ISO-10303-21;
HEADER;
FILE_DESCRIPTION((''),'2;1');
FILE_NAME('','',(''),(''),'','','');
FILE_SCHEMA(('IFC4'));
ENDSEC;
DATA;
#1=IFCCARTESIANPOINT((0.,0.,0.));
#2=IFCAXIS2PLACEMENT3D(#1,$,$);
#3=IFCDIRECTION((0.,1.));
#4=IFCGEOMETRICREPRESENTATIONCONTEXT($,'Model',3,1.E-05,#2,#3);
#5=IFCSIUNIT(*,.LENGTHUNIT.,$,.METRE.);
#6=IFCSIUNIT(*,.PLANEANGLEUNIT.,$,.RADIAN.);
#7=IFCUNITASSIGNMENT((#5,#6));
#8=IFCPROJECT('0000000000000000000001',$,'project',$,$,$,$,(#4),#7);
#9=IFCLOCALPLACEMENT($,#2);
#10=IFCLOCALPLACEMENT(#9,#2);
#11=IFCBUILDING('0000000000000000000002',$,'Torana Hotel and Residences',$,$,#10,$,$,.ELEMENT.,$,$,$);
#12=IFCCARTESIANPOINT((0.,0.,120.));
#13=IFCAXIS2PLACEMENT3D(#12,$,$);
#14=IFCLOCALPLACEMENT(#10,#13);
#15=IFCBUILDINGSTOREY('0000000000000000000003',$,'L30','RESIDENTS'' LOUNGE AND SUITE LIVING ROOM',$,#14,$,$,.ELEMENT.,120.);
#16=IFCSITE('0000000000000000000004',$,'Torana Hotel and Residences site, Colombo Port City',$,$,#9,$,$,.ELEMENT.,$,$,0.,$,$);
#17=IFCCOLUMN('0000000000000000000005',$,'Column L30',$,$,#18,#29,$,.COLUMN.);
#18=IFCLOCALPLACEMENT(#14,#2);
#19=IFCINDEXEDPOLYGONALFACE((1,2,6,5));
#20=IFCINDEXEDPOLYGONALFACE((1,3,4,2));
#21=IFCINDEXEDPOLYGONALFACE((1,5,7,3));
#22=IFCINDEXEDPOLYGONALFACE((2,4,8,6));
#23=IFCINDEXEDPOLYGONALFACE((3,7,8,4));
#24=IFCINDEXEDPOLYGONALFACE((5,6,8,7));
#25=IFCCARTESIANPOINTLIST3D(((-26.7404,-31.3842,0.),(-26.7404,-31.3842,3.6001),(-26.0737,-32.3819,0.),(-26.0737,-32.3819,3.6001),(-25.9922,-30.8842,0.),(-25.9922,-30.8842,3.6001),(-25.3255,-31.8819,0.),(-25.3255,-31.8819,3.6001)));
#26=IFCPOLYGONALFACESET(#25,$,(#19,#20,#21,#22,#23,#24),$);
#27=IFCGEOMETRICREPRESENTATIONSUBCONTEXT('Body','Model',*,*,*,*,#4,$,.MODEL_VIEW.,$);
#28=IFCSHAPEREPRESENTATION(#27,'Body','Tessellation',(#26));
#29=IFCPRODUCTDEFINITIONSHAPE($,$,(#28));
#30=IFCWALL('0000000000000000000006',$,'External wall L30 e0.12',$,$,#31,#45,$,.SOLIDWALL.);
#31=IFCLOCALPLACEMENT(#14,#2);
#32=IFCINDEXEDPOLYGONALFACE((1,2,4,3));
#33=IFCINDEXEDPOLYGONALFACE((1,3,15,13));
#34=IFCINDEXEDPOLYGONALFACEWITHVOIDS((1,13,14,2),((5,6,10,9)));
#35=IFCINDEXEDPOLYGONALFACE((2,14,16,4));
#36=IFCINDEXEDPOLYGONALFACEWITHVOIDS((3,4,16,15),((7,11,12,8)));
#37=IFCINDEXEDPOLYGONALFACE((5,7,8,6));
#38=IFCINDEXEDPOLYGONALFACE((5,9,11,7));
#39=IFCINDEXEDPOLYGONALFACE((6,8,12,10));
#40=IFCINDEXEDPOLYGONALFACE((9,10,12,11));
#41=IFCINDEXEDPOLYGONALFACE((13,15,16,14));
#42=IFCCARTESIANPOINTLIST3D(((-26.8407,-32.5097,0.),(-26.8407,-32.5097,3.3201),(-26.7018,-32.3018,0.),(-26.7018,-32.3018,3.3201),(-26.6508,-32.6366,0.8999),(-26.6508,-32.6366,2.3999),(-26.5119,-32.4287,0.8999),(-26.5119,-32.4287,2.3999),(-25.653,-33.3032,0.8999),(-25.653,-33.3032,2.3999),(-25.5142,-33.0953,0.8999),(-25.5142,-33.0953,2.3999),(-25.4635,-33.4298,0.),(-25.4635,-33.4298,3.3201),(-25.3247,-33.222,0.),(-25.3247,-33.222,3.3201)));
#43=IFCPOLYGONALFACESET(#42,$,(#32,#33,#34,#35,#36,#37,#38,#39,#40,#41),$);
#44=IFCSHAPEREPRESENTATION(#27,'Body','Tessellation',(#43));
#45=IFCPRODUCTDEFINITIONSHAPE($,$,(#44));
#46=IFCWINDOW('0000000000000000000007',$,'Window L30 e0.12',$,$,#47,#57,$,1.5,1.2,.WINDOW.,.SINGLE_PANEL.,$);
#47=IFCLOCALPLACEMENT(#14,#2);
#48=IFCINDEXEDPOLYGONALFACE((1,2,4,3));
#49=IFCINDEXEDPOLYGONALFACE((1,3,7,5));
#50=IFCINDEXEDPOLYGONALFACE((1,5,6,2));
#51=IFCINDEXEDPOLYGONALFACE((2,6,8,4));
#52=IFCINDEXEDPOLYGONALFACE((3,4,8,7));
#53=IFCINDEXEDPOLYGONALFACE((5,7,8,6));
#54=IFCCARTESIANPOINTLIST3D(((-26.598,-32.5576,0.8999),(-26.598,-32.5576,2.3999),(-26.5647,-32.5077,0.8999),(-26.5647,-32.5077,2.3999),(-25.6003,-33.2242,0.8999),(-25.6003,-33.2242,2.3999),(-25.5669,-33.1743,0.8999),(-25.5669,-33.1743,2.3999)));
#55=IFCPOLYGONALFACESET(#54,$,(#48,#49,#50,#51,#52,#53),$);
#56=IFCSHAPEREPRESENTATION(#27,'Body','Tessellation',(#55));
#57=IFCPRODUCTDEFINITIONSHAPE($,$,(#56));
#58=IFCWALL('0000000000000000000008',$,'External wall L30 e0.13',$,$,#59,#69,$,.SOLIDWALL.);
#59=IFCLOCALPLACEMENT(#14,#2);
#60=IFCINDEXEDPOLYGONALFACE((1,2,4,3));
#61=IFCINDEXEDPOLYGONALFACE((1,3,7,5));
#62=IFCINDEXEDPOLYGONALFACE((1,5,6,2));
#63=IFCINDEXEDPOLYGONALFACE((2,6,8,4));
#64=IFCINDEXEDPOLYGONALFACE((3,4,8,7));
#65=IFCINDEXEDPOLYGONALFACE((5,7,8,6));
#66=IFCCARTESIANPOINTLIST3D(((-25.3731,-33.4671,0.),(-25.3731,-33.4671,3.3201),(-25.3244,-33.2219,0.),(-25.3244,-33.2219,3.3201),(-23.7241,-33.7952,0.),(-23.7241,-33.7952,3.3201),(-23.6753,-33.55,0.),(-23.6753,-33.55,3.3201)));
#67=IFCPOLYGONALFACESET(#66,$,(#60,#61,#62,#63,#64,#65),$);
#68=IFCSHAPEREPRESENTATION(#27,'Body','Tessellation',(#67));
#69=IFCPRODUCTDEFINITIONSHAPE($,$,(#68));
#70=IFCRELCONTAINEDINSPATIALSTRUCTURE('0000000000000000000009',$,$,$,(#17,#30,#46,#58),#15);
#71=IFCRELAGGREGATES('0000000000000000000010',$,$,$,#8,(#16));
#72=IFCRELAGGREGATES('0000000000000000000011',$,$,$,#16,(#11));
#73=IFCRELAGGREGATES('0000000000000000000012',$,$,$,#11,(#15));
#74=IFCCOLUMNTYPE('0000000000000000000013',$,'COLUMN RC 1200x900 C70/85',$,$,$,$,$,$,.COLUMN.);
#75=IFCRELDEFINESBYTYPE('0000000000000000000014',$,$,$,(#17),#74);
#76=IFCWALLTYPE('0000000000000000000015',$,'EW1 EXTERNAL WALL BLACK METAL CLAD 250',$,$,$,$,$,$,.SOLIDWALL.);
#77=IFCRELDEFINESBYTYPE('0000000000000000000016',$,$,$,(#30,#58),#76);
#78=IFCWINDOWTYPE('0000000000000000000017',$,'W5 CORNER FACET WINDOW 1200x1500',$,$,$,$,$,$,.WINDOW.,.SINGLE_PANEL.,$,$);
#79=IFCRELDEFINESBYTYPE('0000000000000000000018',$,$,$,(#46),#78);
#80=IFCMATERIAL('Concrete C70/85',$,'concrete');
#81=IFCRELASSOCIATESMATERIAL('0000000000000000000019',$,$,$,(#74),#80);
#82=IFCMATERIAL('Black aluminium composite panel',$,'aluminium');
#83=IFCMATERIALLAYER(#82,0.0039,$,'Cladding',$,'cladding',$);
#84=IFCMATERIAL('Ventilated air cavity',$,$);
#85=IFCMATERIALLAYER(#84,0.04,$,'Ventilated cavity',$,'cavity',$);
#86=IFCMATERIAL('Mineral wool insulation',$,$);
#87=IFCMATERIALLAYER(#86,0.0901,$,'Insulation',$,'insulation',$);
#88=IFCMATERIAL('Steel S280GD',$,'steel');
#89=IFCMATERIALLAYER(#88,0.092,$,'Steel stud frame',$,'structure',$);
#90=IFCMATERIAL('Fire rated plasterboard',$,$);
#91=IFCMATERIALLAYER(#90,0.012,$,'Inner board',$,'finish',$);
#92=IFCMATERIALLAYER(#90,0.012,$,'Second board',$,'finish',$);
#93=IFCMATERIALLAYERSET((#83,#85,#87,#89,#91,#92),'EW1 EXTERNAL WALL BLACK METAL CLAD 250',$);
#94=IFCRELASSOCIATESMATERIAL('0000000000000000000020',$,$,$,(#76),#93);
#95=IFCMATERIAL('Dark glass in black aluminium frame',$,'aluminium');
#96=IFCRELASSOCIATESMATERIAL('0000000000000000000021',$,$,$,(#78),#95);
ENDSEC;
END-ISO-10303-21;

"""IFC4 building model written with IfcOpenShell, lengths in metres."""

from ifc_helpers import new_model, si_unit, direction, frame, frame_2d, origin, origin_2d, place, context, subcontext, project, spatial, rectangle, extrude, material, layer, layer_set, material_profile, profile_set, type_object, element, fill, save


model = new_model("IFC4")

# Units and contexts
model_context = context("Model", 3, precision=1e-05, world=origin(), true_north=direction((0.0, 1.0)))
body_context = subcontext(model_context, "Body", "Model", "MODEL_VIEW")
ifc_project = project(units=[si_unit("LENGTHUNIT", "METRE"), si_unit("PLANEANGLEUNIT", "RADIAN")], contexts=[model_context])

# Site, building, storey
site_placement = place(None, origin())
site = spatial("IfcSite", under=ifc_project, at=site_placement, Name="Torana Hotel and Residences site, Colombo Port City", CompositionType="ELEMENT", RefElevation=0.0)
building_placement = place(site_placement, origin())
building = spatial("IfcBuilding", under=site, at=building_placement, Name="Torana Hotel and Residences", CompositionType="ELEMENT")
storey_placement = place(building_placement, frame((0.0, 0.0, 120.0)))
storey = spatial("IfcBuildingStorey", under=building, at=storey_placement, Name="L30", Description="RESIDENTS' LOUNGE AND SUITE LIVING ROOM", CompositionType="ELEMENT", Elevation=120.0)

# Column
ifc_material_1 = material(Name="Concrete C70/85", Category="concrete")
ifc_material_profile = material_profile(ifc_material_1, rectangle(XDim=1.2, YDim=0.8999, at=origin_2d()), Name="RC 1200x900")
ifc_profile_set = profile_set([ifc_material_profile], Name="Concrete C70/85")
column_type = type_object("IfcColumnType", Name="COLUMN RC 1200x900 C70/85", PredefinedType="COLUMN", material=ifc_profile_set)
column_placement = place(storey_placement, frame((-26.033, -31.6331, 0.0), z_axis=(0.0, 0.0, 1.0), x_axis=(-0.555585, 0.83146, 0.0)))
element("IfcColumn", 1, at=column_placement, inside=storey, type_object=column_type, Name="Column L30", PredefinedType="COLUMN", context=body_context, shape_type="SweptSolid", body=[
    extrude(rectangle(XDim=1.2, YDim=0.8999, at=origin_2d()), origin(), (0.0, 0.0, 1.0), 3.6001),
])

# Wall, opening, window
ifc_material_2 = material(Name="Black aluminium composite panel", Category="aluminium")
ifc_layer_1 = layer(ifc_material_2, 0.0039, Name="Cladding", Category="cladding")
ifc_material_3 = material(Name="Ventilated air cavity")
ifc_layer_2 = layer(ifc_material_3, 0.04, Name="Ventilated cavity", Category="cavity")
ifc_material_4 = material(Name="Mineral wool insulation")
ifc_layer_3 = layer(ifc_material_4, 0.0901, Name="Insulation", Category="insulation")
ifc_material_5 = material(Name="Steel S280GD", Category="steel")
ifc_layer_4 = layer(ifc_material_5, 0.092, Name="Steel stud frame", Category="structure")
ifc_material_6 = material(Name="Fire rated plasterboard")
ifc_layer_5 = layer(ifc_material_6, 0.012, Name="Inner board", Category="finish")
ifc_layer_6 = layer(ifc_material_6, 0.012, Name="Second board", Category="finish")
ifc_layer_set = layer_set([ifc_layer_1, ifc_layer_2, ifc_layer_3, ifc_layer_4, ifc_layer_5, ifc_layer_6], Name="EW1 EXTERNAL WALL BLACK METAL CLAD 250")
wall_type = type_object("IfcWallType", Name="EW1 EXTERNAL WALL BLACK METAL CLAD 250", PredefinedType="SOLIDWALL", material=ifc_layer_set)
wall_1_placement = place(storey_placement, frame((-26.7712, -32.4058, 0.0), z_axis=(0.0, 0.0, 1.0), x_axis=(0.831483, -0.55555, 0.0)))
wall_1 = element("IfcWall", 2, at=wall_1_placement, inside=storey, type_object=wall_type, Name="External wall L30 e0.12", PredefinedType="SOLIDWALL", context=body_context, shape_type="SweptSolid", body=[
    extrude(rectangle(XDim=1.6562, YDim=0.25, at=frame_2d((0.8281, 0.0))), origin(), (0.0, 0.0, 1.0), 3.3201),
])
opening_placement = place(wall_1_placement, frame((0.2283, 0.0, 0.8999)))
opening = element("IfcOpeningElement", 3, at=opening_placement, cuts=wall_1, PredefinedType="OPENING", context=body_context, shape_type="SweptSolid", body=[
    extrude(rectangle(XDim=1.2, YDim=1.5, at=frame_2d((0.6001, 0.75))), frame((0.0, 0.135, 0.0), z_axis=(0.0, -1.0, 0.0), x_axis=(1.0, 0.0, 0.0)), (0.0, 0.0, 1.0), 0.27),
])
ifc_material_7 = material(Name="Dark glass in black aluminium frame", Category="aluminium")
window_type = type_object("IfcWindowType", Name="W5 CORNER FACET WINDOW 1200x1500", PartitioningType="SINGLE_PANEL", PredefinedType="WINDOW", material=ifc_material_7)
window_placement = place(opening_placement, origin())
window = element("IfcWindow", 4, at=window_placement, inside=storey, type_object=window_type, Name="Window L30 e0.12", OverallHeight=1.5, OverallWidth=1.2, PartitioningType="SINGLE_PANEL", PredefinedType="WINDOW", context=body_context, shape_type="SweptSolid", body=[
    extrude(rectangle(XDim=1.2, YDim=1.5, at=frame_2d((0.6001, 0.75))), frame((0.0, 0.03, 0.0), z_axis=(0.0, -1.0, 0.0), x_axis=(1.0, 0.0, 0.0)), (0.0, 0.0, 1.0), 0.0601),
])
fill(opening, window)

# Wall
wall_2_placement = place(storey_placement, frame((-25.3489, -33.3445, 0.0), z_axis=(0.0, 0.0, 1.0), x_axis=(0.980776, -0.195139, 0.0)))
element("IfcWall", 5, at=wall_2_placement, inside=storey, type_object=wall_type, Name="External wall L30 e0.13", PredefinedType="SOLIDWALL", context=body_context, shape_type="SweptSolid", body=[
    extrude(rectangle(XDim=1.6814, YDim=0.25, at=frame_2d((0.8408, 0.0))), origin(), (0.0, 0.0, 1.0), 3.3201),
])

save(model, "model.ifc")
